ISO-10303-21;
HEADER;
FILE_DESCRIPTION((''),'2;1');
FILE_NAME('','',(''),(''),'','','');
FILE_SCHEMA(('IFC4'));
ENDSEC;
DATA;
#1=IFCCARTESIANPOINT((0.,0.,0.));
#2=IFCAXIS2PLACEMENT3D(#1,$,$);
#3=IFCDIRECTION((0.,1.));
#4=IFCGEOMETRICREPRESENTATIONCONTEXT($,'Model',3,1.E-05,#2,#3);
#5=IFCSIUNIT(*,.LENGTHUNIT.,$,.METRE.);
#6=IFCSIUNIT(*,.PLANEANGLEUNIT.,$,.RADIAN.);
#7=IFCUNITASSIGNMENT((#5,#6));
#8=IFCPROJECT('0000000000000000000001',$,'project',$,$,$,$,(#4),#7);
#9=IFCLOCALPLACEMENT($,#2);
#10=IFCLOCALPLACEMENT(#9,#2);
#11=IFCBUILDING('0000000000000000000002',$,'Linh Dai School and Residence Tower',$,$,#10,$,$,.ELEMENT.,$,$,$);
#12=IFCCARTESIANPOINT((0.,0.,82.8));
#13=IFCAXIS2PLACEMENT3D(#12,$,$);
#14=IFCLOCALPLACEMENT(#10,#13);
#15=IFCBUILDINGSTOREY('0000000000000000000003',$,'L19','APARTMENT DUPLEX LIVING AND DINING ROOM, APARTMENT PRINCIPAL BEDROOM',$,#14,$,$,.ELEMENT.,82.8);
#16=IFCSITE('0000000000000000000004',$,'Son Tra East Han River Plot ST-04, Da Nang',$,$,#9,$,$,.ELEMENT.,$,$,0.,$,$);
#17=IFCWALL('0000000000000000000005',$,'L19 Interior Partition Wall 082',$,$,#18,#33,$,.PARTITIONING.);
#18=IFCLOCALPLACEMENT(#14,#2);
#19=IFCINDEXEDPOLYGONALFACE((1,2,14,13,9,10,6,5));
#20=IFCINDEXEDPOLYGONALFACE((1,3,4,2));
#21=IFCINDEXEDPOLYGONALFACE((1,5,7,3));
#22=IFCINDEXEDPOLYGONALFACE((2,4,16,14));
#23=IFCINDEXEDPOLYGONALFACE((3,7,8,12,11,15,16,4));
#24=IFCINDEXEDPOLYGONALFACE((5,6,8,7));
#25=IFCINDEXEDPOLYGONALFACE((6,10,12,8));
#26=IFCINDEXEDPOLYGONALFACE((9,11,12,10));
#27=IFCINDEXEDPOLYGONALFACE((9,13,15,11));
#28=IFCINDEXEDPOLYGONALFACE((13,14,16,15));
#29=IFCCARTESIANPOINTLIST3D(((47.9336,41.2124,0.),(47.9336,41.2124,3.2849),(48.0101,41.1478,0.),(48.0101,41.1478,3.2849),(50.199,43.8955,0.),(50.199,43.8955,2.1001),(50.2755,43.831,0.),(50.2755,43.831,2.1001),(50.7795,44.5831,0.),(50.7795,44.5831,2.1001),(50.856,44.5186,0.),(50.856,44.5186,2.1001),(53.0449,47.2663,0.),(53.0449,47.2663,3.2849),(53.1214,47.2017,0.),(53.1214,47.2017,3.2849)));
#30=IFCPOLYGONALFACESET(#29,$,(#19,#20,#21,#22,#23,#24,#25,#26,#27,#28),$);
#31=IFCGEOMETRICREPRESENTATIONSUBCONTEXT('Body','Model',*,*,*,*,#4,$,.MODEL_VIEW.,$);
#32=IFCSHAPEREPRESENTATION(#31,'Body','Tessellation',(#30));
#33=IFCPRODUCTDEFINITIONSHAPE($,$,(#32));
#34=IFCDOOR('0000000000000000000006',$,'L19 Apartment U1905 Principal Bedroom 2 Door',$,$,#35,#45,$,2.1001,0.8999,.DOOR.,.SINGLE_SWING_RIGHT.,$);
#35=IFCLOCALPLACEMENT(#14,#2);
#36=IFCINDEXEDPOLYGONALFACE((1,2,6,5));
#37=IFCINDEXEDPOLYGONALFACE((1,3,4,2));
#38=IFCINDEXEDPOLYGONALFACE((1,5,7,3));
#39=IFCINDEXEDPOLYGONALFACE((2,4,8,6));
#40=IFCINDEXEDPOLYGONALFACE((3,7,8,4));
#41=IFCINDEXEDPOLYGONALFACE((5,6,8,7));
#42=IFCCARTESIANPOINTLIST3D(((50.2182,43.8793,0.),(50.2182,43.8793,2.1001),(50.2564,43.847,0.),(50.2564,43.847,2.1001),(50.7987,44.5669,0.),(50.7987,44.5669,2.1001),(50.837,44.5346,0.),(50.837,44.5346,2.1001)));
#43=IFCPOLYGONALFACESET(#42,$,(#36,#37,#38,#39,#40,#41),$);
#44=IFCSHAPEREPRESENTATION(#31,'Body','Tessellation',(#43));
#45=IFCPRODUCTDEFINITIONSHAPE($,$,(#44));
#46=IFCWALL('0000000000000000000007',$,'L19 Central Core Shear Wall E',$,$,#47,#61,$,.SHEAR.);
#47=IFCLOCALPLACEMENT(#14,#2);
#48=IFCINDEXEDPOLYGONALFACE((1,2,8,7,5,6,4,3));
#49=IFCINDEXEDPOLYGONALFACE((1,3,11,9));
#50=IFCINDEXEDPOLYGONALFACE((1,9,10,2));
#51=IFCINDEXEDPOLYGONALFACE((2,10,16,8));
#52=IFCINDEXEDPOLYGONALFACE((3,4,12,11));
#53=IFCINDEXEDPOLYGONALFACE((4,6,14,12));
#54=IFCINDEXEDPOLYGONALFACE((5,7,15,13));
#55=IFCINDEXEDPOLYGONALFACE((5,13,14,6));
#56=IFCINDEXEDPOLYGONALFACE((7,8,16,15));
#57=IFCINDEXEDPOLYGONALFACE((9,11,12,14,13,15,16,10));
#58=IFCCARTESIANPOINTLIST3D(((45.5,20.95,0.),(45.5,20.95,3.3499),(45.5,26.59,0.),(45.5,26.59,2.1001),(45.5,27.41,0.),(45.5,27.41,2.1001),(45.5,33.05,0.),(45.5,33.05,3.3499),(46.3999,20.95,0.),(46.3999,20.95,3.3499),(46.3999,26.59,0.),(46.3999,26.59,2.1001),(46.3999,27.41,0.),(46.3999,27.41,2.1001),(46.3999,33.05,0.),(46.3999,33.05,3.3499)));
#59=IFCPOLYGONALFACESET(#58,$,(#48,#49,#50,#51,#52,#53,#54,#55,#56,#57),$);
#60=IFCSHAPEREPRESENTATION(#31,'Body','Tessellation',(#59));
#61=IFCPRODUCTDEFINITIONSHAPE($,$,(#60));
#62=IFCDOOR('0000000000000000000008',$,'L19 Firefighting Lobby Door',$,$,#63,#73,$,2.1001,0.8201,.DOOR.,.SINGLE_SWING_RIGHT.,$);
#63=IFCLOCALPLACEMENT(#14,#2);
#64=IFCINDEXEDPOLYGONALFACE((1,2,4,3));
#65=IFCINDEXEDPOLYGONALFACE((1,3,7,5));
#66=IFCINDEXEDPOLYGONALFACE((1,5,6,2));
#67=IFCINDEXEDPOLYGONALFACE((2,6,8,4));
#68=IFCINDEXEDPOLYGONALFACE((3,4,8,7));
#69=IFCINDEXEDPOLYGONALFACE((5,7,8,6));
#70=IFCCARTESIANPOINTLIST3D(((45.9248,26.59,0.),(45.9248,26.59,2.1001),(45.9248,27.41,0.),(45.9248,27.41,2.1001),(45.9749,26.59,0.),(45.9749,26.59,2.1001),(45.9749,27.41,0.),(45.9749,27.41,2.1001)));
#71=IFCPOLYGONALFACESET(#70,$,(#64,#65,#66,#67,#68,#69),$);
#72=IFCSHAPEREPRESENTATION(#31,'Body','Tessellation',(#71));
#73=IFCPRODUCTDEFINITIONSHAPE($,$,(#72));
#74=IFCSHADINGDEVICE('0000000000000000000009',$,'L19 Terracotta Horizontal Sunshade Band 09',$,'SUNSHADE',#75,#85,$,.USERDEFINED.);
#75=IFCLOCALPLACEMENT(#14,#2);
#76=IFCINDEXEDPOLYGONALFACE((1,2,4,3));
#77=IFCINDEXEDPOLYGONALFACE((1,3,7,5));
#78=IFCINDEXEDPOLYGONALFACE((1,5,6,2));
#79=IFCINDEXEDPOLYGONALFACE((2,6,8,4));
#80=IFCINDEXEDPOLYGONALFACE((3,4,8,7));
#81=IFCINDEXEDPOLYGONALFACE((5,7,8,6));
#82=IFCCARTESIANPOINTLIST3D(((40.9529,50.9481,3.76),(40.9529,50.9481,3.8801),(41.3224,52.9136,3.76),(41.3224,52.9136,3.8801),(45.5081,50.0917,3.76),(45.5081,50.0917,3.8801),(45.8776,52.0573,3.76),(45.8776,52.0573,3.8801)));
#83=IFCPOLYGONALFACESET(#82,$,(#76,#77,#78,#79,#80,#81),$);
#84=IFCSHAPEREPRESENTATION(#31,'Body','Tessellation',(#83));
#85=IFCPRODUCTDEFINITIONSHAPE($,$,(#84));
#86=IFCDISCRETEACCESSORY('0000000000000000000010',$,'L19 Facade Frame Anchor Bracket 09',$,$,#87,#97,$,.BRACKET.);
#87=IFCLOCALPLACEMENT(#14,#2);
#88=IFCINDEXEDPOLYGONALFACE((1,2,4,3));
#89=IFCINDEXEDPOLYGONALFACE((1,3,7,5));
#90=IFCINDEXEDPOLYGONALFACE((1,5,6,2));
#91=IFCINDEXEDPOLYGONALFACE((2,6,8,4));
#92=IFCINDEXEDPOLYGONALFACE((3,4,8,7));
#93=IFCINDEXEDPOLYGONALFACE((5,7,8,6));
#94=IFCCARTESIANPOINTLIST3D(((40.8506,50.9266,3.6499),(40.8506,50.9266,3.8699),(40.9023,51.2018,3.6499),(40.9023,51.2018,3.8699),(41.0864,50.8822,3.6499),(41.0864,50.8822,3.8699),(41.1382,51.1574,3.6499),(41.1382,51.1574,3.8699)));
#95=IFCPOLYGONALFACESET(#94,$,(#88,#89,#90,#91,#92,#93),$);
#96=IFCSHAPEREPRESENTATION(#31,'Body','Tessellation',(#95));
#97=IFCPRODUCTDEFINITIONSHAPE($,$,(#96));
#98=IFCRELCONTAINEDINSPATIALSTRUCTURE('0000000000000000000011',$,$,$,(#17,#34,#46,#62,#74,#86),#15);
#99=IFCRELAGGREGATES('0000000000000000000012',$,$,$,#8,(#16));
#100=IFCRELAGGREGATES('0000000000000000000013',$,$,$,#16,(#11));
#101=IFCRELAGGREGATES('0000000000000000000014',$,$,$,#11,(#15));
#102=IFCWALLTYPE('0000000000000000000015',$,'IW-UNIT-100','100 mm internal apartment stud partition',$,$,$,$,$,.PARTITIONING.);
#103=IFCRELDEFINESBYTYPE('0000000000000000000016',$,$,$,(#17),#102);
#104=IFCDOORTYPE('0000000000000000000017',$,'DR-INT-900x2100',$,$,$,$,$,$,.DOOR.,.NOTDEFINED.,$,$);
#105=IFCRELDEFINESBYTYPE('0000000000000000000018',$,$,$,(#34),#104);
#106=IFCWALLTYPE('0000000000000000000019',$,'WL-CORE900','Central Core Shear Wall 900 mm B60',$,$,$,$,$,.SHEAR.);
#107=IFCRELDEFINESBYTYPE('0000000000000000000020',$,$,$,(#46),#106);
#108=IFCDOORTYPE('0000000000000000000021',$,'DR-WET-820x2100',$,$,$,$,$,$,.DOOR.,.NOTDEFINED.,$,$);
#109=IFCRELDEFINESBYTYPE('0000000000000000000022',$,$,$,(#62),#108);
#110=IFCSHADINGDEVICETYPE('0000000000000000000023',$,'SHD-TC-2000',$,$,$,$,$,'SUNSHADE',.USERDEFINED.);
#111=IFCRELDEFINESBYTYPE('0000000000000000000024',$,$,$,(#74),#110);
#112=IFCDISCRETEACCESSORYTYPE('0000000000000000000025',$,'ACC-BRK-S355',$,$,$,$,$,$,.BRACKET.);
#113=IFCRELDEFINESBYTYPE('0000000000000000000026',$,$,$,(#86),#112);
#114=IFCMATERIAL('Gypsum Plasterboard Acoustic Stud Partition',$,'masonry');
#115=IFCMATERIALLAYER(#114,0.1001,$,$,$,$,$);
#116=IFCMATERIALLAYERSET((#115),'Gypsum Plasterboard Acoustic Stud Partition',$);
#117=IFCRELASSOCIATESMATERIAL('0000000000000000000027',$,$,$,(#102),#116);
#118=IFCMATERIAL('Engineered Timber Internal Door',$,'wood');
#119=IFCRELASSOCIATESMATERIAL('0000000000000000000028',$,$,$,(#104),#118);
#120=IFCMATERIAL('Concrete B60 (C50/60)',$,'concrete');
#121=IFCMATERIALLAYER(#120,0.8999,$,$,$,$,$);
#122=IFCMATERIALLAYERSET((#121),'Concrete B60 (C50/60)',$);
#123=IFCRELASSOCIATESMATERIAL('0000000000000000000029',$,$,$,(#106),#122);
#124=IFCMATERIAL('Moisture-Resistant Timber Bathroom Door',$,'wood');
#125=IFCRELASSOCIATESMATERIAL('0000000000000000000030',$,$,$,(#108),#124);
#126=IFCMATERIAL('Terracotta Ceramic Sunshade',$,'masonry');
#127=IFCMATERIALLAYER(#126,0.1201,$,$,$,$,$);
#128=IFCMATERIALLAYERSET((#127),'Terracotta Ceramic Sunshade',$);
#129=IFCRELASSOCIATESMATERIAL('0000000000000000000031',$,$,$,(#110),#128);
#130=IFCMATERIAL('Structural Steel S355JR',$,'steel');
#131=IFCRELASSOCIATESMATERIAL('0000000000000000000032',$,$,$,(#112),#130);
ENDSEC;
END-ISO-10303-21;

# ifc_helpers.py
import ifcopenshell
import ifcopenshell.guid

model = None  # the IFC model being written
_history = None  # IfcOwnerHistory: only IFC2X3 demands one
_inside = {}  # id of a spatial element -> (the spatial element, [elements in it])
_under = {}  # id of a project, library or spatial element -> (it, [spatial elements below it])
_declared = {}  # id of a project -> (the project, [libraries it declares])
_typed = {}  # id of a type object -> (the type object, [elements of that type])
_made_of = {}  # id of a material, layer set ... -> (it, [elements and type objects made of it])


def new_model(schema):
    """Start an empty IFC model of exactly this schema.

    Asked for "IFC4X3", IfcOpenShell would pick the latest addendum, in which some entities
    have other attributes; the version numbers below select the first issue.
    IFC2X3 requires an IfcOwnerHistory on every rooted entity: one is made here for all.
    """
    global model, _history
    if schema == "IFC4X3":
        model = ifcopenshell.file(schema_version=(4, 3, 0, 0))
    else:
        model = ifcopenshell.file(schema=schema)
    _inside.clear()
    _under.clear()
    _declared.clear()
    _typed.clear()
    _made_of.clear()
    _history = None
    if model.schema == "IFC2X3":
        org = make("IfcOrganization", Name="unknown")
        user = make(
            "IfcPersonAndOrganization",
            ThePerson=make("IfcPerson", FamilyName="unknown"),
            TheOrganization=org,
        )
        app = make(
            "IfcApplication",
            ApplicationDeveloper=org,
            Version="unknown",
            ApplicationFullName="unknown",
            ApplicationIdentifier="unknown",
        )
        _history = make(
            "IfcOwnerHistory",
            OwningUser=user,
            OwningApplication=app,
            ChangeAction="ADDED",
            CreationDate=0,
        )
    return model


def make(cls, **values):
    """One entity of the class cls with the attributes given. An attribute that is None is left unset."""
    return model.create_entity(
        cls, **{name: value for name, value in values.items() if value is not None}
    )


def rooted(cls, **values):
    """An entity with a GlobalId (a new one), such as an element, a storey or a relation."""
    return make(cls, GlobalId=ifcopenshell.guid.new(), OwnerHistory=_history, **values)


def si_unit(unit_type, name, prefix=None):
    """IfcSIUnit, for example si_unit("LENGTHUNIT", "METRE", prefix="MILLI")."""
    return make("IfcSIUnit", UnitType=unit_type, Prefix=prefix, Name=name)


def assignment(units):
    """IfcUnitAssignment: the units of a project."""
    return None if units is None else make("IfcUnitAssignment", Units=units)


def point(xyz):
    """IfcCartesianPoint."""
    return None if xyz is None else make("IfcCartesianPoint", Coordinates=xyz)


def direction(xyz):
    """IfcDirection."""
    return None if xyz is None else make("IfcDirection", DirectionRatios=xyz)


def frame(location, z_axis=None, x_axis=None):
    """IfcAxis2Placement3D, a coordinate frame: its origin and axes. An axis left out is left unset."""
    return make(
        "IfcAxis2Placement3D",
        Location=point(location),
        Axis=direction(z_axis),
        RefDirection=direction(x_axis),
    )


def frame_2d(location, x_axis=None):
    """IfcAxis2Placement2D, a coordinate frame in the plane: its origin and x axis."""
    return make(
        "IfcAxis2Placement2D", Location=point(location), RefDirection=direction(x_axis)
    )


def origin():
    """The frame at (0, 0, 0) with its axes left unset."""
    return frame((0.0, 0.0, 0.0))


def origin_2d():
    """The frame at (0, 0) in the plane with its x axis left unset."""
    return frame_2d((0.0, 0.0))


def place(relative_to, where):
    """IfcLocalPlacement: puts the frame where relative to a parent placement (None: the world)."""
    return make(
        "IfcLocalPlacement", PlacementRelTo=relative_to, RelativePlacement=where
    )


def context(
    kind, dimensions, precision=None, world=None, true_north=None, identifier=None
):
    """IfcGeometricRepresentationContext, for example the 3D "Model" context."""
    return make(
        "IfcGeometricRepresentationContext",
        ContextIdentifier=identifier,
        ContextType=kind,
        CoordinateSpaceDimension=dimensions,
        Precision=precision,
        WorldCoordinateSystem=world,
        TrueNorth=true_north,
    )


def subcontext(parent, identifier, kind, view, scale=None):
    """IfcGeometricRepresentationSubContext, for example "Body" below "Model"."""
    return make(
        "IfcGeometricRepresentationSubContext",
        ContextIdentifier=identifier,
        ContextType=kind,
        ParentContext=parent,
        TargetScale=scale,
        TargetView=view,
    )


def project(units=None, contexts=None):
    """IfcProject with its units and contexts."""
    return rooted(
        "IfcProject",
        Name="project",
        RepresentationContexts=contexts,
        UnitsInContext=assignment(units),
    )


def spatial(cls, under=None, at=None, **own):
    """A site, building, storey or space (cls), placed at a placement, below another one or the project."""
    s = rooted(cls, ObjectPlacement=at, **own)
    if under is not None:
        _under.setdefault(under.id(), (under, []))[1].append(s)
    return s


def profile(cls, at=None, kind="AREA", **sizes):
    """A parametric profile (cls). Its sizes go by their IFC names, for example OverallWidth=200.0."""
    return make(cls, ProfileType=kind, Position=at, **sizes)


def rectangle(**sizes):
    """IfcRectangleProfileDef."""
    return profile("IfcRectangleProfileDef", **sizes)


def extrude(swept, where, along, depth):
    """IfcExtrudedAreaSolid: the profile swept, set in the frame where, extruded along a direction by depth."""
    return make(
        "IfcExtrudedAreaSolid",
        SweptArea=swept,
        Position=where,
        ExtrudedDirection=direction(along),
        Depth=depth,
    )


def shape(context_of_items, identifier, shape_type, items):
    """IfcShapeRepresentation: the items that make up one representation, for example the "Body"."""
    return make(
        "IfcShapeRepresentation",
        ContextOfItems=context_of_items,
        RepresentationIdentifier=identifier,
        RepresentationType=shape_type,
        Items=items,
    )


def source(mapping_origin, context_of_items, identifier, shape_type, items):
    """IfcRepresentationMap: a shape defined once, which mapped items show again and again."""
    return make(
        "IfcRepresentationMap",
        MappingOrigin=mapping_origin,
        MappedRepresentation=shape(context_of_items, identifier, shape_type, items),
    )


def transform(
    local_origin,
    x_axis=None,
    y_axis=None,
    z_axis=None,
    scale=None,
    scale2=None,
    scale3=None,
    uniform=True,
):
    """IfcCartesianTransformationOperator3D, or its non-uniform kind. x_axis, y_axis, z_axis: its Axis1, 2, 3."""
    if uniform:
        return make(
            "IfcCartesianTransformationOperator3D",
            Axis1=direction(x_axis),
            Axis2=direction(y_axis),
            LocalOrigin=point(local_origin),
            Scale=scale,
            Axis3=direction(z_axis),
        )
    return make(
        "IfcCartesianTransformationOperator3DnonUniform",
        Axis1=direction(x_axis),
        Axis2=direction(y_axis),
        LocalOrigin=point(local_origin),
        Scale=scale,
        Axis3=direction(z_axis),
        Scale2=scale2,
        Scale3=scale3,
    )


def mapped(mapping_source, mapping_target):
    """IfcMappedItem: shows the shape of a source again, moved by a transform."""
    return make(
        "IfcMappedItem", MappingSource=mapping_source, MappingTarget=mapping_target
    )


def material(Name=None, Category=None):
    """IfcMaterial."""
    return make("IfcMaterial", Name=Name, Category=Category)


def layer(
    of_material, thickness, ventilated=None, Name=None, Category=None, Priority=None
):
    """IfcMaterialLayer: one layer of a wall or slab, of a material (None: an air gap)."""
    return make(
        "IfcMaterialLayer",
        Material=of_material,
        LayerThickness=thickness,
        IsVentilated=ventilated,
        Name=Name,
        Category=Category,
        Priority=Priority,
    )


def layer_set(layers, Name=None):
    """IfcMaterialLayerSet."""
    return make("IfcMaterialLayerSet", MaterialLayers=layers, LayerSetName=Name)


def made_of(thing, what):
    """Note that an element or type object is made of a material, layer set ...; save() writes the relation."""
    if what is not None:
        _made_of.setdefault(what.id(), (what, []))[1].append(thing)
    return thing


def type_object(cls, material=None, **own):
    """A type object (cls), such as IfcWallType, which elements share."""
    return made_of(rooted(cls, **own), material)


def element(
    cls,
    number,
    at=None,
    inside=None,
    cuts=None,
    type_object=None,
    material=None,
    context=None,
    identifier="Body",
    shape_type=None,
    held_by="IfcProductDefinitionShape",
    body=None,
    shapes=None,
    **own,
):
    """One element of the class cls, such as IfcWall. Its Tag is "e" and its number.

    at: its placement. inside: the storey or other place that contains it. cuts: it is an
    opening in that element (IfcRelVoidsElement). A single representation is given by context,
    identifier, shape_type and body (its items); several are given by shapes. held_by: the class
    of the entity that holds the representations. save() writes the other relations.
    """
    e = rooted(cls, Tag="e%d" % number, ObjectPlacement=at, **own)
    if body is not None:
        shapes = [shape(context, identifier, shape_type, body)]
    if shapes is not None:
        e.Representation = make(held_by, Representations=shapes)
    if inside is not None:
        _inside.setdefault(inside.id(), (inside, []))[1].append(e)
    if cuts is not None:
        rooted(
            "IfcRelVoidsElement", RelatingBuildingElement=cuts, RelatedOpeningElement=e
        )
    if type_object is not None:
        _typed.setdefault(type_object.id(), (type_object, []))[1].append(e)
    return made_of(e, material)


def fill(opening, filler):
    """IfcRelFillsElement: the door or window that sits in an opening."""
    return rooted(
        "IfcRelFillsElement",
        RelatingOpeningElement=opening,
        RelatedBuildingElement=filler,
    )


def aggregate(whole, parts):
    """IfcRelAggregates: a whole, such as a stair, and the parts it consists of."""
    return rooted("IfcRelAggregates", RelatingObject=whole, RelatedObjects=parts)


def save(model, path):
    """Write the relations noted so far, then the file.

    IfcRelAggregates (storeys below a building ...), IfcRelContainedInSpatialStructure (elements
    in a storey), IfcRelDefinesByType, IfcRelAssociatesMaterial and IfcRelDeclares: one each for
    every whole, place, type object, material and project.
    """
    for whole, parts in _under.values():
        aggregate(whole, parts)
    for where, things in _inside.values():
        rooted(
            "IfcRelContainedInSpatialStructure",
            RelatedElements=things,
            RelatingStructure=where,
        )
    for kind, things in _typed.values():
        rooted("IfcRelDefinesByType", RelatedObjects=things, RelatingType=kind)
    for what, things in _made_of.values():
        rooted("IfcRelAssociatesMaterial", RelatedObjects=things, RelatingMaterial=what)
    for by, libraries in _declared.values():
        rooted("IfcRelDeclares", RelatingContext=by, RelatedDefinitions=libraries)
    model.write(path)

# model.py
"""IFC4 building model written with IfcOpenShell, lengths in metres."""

from ifc_helpers import new_model, si_unit, direction, frame, frame_2d, origin, origin_2d, place, context, subcontext, project, spatial, rectangle, extrude, source, transform, mapped, material, layer, layer_set, type_object, element, fill, save


model = new_model("IFC4")

# Units and contexts
model_context = context("Model", 3, precision=1e-05, world=origin(), true_north=direction((0.0, 1.0)))
body_context = subcontext(model_context, "Body", "Model", "MODEL_VIEW")
ifc_project = project(units=[si_unit("LENGTHUNIT", "METRE"), si_unit("PLANEANGLEUNIT", "RADIAN")], contexts=[model_context])

# Site, building, storey
site_placement = place(None, origin())
site = spatial("IfcSite", under=ifc_project, at=site_placement, Name="Son Tra East Han River Plot ST-04, Da Nang", CompositionType="ELEMENT", RefElevation=0.0)
building_placement = place(site_placement, origin())
building = spatial("IfcBuilding", under=site, at=building_placement, Name="Linh Dai School and Residence Tower", CompositionType="ELEMENT")
storey_placement = place(building_placement, frame((0.0, 0.0, 82.8)))
storey = spatial("IfcBuildingStorey", under=building, at=storey_placement, Name="L19", Description="APARTMENT DUPLEX LIVING AND DINING ROOM, APARTMENT PRINCIPAL BEDROOM", CompositionType="ELEMENT", Elevation=82.8)

# Shared definitions
ifc_material_1 = material(Name="Concrete B60 (C50/60)", Category="concrete")
ifc_material_2 = material(Name="Structural Steel S355JR", Category="steel")

# Shared definitions
ifc_material_3 = material(Name="Gypsum Plasterboard Acoustic Stud Partition", Category="masonry")
ifc_layer_1 = layer(ifc_material_3, 0.1001)
ifc_layer_set_1 = layer_set([ifc_layer_1], Name="Gypsum Plasterboard Acoustic Stud Partition")
wall_type_1 = type_object("IfcWallType", Name="IW-UNIT-100", Description="100 mm internal apartment stud partition", PredefinedType="PARTITIONING", material=ifc_layer_set_1)

# Walls, openings, doors
wall_1_placement = place(storey_placement, frame((47.9719, 41.1802, 0.0), z_axis=(0.0, 0.0, 1.0), x_axis=(0.645114, 0.764086, 0.0)))
wall_1 = element("IfcWall", 1, at=wall_1_placement, inside=storey, type_object=wall_type_1, Name="L19 Interior Partition Wall 082", PredefinedType="PARTITIONING", context=body_context, shape_type="SweptSolid", body=[
    extrude(rectangle(XDim=7.9231, YDim=0.1001, at=frame_2d((3.9614, 0.0))), origin(), (0.0, 0.0, 1.0), 3.2849),
])
opening_1_placement = place(wall_1_placement, frame((3.5115, 0.0, 0.0)))
opening_1 = element("IfcOpeningElement", 2, at=opening_1_placement, cuts=wall_1, PredefinedType="OPENING", context=body_context, shape_type="SweptSolid", body=[
    extrude(rectangle(XDim=0.8999, YDim=2.1001, at=origin_2d()), frame((0.45, 0.0601, 1.05), z_axis=(0.0, -1.0, 0.0), x_axis=(1.0, 0.0, 0.0)), (0.0, 0.0, 1.0), 0.1201),
])
ifc_material_4 = material(Name="Engineered Timber Internal Door", Category="wood")
door_type_1 = type_object("IfcDoorType", Name="DR-INT-900x2100", OperationType="NOTDEFINED", PredefinedType="DOOR", material=ifc_material_4)
shared_shape_1 = source(origin(), body_context, "Body", "SweptSolid", [
    extrude(rectangle(XDim=0.8999, YDim=2.1001, at=origin_2d()), frame((0.45, 0.0249, 1.05), z_axis=(0.0, -1.0, 0.0), x_axis=(1.0, 0.0, 0.0)), (0.0, 0.0, 1.0), 0.05),
])
door_1_placement = place(opening_1_placement, origin())
door_1 = element("IfcDoor", 3, at=door_1_placement, inside=storey, type_object=door_type_1, Name="L19 Apartment U1905 Principal Bedroom 2 Door", OperationType="SINGLE_SWING_RIGHT", OverallHeight=2.1001, OverallWidth=0.8999, PredefinedType="DOOR", context=body_context, shape_type="MappedRepresentation", body=[
    mapped(shared_shape_1, transform((0.0, 0.0, 0.0), x_axis=(1.0, 0.0, 0.0), y_axis=(0.0, 1.0, 0.0), z_axis=(0.0, 0.0, 1.0), scale=1.0)),
])
fill(opening_1, door_1)
ifc_layer_2 = layer(ifc_material_1, 0.8999)
ifc_layer_set_2 = layer_set([ifc_layer_2], Name="Concrete B60 (C50/60)")
wall_type_2 = type_object("IfcWallType", Name="WL-CORE900", Description="Central Core Shear Wall 900 mm B60", PredefinedType="SHEAR", material=ifc_layer_set_2)
wall_2_placement = place(storey_placement, frame((45.95, 33.05, 0.0), z_axis=(0.0, 0.0, 1.0), x_axis=(0.0, -1.0, 0.0)))
wall_2 = element("IfcWall", 4, at=wall_2_placement, inside=storey, type_object=wall_type_2, Name="L19 Central Core Shear Wall E", PredefinedType="SHEAR", context=body_context, shape_type="SweptSolid", body=[
    extrude(rectangle(XDim=12.1001, YDim=0.8999, at=frame_2d((6.05, 0.0))), origin(), (0.0, 0.0, 1.0), 3.3499),
])
opening_2_placement = place(wall_2_placement, frame((5.6399, 0.0, 0.0)))
opening_2 = element("IfcOpeningElement", 5, at=opening_2_placement, cuts=wall_2, PredefinedType="OPENING", context=body_context, shape_type="SweptSolid", body=[
    extrude(rectangle(XDim=0.8201, YDim=2.1001, at=origin_2d()), frame((0.4102, 0.46, 1.05), z_axis=(0.0, -1.0, 0.0), x_axis=(1.0, 0.0, 0.0)), (0.0, 0.0, 1.0), 0.9199),
])
ifc_material_5 = material(Name="Moisture-Resistant Timber Bathroom Door", Category="wood")
door_type_2 = type_object("IfcDoorType", Name="DR-WET-820x2100", OperationType="NOTDEFINED", PredefinedType="DOOR", material=ifc_material_5)
shared_shape_2 = source(origin(), body_context, "Body", "SweptSolid", [
    extrude(rectangle(XDim=0.8201, YDim=2.1001, at=origin_2d()), frame((0.4102, 0.0249, 1.05), z_axis=(0.0, -1.0, 0.0), x_axis=(1.0, 0.0, 0.0)), (0.0, 0.0, 1.0), 0.05),
])
door_2_placement = place(opening_2_placement, origin())
door_2 = element("IfcDoor", 6, at=door_2_placement, inside=storey, type_object=door_type_2, Name="L19 Firefighting Lobby Door", OperationType="SINGLE_SWING_RIGHT", OverallHeight=2.1001, OverallWidth=0.8201, PredefinedType="DOOR", context=body_context, shape_type="MappedRepresentation", body=[
    mapped(shared_shape_2, transform((0.0, 0.0, 0.0), x_axis=(1.0, 0.0, 0.0), y_axis=(0.0, 1.0, 0.0), z_axis=(0.0, 0.0, 1.0), scale=1.0)),
])
fill(opening_2, door_2)

# Shading device
ifc_material_6 = material(Name="Terracotta Ceramic Sunshade", Category="masonry")
ifc_layer_3 = layer(ifc_material_6, 0.1201)
ifc_layer_set_3 = layer_set([ifc_layer_3], Name="Terracotta Ceramic Sunshade")
shading_device_type = type_object("IfcShadingDeviceType", Name="SHD-TC-2000", ElementType="SUNSHADE", PredefinedType="USERDEFINED", material=ifc_layer_set_3)
shared_shape_3 = source(origin(), body_context, "Body", "SweptSolid", [
    extrude(rectangle(XDim=4.635, YDim=2.0, at=origin_2d()), origin(), (0.0, 0.0, 1.0), 0.1201),
])
shading_device_placement = place(storey_placement, frame((43.4153, 51.5027, 3.76), z_axis=(0.0, 0.0, 1.0), x_axis=(0.982786, -0.184748, 0.0)))
element("IfcShadingDevice", 7, at=shading_device_placement, inside=storey, type_object=shading_device_type, Name="L19 Terracotta Horizontal Sunshade Band 09", ObjectType="SUNSHADE", PredefinedType="USERDEFINED", context=body_context, shape_type="MappedRepresentation", body=[
    mapped(shared_shape_3, transform((0.0, 0.0, 0.0), x_axis=(1.0, 0.0, 0.0), y_axis=(0.0, 1.0, 0.0), z_axis=(0.0, 0.0, 1.0), scale=1.0)),
])

# Discrete accessory
discrete_accessory_type = type_object("IfcDiscreteAccessoryType", Name="ACC-BRK-S355", PredefinedType="BRACKET", material=ifc_material_2)
shared_shape_4 = source(origin(), body_context, "Body", "SweptSolid", [
    extrude(rectangle(XDim=0.28, YDim=0.24, at=origin_2d()), origin(), (0.0, 0.0, 1.0), 0.22),
])
discrete_accessory_placement = place(storey_placement, frame((40.9944, 51.042, 3.6499), z_axis=(0.0, 0.0, 1.0), x_axis=(0.184748, 0.982786, 0.0)))
element("IfcDiscreteAccessory", 8, at=discrete_accessory_placement, inside=storey, type_object=discrete_accessory_type, Name="L19 Facade Frame Anchor Bracket 09", PredefinedType="BRACKET", context=body_context, shape_type="MappedRepresentation", body=[
    mapped(shared_shape_4, transform((0.0, 0.0, 0.0), x_axis=(1.0, 0.0, 0.0), y_axis=(0.0, 1.0, 0.0), z_axis=(0.0, 0.0, 1.0), scale=1.0)),
])

save(model, "model.ifc")
